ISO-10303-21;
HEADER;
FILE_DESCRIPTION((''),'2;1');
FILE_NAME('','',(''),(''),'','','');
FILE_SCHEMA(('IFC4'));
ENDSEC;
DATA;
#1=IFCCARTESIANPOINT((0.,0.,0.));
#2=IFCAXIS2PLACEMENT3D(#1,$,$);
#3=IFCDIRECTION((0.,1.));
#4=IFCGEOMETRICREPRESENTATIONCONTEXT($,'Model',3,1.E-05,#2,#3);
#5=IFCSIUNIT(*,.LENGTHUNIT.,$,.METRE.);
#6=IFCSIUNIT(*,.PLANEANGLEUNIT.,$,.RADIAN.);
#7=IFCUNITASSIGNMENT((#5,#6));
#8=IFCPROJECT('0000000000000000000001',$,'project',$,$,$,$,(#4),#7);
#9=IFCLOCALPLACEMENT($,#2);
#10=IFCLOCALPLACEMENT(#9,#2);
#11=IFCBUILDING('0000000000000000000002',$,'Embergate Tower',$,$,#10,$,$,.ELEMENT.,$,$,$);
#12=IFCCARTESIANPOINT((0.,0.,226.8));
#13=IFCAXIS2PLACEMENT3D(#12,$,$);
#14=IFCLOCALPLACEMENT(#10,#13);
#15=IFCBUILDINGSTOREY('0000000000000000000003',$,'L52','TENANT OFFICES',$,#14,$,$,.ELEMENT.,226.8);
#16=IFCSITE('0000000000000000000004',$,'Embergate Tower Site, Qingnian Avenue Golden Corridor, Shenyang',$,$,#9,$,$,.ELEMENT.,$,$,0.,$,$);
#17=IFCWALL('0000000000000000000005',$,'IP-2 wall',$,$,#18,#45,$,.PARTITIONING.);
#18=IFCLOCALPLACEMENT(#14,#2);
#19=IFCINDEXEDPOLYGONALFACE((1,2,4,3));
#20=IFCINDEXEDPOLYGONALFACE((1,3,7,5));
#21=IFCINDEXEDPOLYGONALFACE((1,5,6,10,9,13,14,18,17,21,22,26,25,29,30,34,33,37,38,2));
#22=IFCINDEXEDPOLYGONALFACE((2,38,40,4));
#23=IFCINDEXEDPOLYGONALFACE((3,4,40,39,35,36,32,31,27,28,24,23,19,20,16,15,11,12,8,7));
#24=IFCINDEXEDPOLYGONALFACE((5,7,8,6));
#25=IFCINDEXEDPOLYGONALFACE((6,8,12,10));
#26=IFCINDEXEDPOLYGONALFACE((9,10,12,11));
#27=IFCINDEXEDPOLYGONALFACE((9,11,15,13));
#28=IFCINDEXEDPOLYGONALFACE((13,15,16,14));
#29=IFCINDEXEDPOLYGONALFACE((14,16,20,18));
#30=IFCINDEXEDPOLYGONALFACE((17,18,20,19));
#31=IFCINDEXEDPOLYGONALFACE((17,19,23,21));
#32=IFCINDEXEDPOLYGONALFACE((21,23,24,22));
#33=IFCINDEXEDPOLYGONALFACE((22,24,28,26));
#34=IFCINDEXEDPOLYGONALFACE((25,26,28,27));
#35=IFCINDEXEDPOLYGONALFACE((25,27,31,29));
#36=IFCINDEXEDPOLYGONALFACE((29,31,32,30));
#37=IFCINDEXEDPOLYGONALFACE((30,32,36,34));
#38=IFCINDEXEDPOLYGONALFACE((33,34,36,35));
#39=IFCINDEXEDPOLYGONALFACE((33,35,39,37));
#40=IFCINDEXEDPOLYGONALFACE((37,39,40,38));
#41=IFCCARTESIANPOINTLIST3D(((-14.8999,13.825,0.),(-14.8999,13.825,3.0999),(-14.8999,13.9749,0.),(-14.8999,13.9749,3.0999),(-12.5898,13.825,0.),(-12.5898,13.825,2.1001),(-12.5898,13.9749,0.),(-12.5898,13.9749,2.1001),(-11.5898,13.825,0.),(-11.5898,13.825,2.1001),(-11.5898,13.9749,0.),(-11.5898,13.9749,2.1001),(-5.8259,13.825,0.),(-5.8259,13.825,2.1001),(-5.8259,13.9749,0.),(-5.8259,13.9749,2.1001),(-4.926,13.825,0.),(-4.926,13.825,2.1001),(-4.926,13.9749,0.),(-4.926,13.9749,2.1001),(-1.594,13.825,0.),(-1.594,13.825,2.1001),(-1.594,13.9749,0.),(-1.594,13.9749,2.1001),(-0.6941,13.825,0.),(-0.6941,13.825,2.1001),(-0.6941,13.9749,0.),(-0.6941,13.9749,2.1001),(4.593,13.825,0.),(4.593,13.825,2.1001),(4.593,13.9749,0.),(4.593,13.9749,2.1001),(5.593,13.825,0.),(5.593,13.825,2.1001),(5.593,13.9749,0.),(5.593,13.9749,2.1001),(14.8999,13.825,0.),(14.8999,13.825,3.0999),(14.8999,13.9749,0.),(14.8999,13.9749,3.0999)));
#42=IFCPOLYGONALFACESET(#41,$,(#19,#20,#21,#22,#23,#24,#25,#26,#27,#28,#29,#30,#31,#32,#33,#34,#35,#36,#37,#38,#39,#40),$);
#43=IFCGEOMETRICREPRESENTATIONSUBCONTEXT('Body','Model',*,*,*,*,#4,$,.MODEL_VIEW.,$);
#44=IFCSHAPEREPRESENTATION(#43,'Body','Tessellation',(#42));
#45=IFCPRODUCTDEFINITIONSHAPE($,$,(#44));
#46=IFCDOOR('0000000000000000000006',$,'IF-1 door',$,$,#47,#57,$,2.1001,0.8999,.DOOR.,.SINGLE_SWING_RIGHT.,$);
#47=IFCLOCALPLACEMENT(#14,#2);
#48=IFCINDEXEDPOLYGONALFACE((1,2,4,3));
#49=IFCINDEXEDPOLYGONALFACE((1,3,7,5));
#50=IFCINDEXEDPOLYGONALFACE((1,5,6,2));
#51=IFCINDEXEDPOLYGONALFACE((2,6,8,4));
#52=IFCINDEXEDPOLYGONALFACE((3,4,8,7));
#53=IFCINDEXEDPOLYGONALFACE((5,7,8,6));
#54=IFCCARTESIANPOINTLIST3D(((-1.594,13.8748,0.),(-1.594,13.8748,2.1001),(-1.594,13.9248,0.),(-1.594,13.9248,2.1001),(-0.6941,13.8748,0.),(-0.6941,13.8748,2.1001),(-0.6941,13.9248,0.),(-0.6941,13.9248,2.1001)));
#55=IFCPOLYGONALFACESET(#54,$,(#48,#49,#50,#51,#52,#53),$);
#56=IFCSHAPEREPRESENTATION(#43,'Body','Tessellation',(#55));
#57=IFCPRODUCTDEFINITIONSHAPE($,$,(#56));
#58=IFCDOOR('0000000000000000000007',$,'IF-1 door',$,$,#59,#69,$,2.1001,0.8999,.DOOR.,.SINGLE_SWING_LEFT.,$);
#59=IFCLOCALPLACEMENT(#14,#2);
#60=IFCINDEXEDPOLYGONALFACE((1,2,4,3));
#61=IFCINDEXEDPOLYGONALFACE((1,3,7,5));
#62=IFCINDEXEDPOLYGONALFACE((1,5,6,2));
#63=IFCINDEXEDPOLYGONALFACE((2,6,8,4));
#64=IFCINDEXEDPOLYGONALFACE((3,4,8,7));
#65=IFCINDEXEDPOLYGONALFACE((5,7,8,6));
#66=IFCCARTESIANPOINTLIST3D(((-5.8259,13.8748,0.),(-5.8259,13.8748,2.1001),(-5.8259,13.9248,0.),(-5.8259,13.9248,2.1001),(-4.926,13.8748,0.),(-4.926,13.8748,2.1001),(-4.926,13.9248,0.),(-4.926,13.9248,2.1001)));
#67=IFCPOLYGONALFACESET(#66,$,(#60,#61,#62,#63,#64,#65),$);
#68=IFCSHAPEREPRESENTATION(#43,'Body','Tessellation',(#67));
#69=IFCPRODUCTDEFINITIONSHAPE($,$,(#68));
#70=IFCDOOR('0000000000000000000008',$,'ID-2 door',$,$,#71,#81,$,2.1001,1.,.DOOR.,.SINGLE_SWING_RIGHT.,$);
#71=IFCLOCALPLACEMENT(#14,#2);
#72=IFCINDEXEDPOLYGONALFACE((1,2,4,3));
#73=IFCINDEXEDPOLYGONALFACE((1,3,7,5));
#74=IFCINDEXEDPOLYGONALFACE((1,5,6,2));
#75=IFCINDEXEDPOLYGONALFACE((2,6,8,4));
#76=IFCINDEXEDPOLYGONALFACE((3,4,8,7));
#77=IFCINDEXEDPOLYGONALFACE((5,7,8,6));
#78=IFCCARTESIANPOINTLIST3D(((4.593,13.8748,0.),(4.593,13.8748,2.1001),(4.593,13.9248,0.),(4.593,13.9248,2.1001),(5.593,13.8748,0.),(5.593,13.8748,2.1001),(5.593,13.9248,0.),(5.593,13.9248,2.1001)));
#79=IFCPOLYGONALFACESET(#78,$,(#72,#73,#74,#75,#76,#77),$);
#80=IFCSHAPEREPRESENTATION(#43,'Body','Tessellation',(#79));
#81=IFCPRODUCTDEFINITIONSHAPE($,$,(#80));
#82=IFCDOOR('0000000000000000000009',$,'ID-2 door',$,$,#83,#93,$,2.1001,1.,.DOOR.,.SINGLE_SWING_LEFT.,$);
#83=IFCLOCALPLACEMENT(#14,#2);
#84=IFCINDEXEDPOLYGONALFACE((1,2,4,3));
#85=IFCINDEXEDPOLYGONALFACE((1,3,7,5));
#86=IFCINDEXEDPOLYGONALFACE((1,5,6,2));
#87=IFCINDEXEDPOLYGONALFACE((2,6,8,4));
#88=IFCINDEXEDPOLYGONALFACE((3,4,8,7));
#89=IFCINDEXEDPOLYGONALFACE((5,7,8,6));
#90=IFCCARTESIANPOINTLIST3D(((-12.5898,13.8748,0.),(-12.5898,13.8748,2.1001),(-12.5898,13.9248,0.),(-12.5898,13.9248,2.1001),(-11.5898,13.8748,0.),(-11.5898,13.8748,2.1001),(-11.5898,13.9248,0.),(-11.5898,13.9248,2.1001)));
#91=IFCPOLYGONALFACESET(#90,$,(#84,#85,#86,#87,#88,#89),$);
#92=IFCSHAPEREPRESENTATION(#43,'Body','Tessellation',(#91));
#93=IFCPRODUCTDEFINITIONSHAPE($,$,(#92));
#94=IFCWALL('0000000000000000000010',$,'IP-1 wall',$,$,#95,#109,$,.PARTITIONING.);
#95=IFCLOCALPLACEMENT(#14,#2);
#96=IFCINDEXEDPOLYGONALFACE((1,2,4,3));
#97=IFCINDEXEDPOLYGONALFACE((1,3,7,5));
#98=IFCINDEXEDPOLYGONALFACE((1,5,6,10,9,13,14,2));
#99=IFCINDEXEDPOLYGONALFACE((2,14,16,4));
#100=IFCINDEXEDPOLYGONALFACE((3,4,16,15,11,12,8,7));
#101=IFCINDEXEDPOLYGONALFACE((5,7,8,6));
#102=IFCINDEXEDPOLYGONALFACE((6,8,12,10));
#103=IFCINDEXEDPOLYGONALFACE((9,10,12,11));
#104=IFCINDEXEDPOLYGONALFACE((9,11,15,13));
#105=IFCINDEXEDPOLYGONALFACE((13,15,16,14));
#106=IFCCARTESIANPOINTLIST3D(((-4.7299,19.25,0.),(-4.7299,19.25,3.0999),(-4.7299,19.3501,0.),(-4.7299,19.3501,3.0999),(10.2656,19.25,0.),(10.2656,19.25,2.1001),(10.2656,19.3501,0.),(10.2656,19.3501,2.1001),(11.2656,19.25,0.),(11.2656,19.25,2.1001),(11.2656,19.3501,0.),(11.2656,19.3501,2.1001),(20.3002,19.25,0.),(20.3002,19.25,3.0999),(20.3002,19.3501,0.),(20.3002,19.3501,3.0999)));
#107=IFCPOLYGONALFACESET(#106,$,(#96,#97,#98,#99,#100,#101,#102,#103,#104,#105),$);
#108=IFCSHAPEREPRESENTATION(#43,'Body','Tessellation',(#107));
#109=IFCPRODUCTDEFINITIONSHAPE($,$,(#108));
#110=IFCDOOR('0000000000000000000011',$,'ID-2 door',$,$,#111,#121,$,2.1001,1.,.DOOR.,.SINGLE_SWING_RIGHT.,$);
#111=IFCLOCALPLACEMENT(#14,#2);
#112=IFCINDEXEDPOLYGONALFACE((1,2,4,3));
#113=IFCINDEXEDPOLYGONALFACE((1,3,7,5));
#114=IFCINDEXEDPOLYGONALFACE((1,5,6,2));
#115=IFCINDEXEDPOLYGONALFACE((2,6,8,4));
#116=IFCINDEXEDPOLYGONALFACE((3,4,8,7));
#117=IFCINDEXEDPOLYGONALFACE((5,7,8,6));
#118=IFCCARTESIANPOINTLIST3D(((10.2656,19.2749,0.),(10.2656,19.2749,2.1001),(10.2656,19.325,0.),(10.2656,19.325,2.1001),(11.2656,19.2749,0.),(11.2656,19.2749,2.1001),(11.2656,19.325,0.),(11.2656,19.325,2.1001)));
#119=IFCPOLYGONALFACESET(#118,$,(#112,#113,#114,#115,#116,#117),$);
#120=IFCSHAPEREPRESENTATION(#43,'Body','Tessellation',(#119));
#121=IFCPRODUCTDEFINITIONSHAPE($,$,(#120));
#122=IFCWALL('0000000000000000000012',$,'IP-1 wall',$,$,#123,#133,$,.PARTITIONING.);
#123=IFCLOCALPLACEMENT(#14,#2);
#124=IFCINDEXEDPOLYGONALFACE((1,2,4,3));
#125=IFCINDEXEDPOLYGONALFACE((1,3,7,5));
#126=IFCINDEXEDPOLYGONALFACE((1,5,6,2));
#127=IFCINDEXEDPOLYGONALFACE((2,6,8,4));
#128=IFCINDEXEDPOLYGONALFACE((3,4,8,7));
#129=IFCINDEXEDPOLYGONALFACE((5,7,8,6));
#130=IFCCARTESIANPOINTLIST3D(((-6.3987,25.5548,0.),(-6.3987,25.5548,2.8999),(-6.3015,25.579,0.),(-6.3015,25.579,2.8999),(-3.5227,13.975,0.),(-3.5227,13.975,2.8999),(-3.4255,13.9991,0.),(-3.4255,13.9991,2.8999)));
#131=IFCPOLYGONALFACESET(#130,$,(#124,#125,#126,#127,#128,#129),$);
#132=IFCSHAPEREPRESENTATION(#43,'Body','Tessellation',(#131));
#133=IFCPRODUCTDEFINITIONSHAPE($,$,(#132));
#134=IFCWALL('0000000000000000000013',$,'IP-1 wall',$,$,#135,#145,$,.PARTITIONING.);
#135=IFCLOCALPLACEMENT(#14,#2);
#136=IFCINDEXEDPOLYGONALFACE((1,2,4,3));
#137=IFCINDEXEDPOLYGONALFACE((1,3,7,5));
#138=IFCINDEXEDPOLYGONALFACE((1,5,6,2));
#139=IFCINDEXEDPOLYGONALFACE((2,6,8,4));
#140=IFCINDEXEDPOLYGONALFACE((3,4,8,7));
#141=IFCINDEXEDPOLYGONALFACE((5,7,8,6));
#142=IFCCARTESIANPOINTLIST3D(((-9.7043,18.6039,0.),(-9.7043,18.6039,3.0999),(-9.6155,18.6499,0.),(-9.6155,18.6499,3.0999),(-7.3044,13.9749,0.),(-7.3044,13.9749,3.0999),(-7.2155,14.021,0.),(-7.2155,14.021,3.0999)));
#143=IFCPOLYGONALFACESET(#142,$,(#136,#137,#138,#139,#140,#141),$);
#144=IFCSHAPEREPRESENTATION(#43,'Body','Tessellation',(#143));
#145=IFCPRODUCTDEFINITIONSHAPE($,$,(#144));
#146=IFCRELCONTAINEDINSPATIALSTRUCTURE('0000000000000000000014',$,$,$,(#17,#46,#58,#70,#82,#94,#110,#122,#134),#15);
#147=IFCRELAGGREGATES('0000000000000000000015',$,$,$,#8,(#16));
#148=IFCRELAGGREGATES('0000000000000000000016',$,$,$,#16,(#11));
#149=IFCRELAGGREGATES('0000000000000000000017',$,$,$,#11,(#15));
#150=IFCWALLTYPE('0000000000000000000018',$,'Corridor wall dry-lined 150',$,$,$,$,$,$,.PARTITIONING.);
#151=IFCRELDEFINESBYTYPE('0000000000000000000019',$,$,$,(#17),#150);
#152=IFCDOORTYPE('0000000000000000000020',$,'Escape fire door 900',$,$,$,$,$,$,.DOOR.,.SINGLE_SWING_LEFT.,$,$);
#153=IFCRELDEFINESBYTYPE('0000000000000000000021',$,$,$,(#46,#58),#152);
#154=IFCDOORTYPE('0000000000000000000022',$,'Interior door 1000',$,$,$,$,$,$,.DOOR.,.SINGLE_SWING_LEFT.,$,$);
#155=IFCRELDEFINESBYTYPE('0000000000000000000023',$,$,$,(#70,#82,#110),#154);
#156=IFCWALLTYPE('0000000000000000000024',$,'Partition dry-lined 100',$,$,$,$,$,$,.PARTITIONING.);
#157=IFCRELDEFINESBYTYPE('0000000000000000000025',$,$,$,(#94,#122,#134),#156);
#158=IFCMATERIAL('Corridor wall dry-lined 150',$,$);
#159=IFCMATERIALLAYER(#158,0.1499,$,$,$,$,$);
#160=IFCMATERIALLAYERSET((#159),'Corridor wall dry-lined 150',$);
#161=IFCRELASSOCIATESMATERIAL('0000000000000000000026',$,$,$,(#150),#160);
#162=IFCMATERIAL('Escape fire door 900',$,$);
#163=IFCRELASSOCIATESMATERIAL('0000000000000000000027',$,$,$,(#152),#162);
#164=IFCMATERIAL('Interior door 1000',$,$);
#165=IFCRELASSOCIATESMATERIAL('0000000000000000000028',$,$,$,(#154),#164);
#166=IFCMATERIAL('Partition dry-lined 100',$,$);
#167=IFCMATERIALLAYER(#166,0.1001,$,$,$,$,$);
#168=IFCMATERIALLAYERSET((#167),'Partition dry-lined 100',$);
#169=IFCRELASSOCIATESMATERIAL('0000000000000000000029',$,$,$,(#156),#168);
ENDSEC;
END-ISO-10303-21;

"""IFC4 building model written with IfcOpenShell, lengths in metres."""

from ifc_helpers import new_model, si_unit, direction, frame, frame_2d, origin, place, context, subcontext, project, spatial, rectangle, extrude, source, transform, mapped, material, layer, layer_set, type_object, element, fill, save


model = new_model("IFC4")

# Units and contexts
model_context = context("Model", 3, precision=1e-05, world=origin(), true_north=direction((0.0, 1.0)))
body_context = subcontext(model_context, "Body", "Model", "MODEL_VIEW")
ifc_project = project(units=[si_unit("LENGTHUNIT", "METRE"), si_unit("PLANEANGLEUNIT", "RADIAN")], contexts=[model_context])

# Site, building, storey
site_placement = place(None, origin())
site = spatial("IfcSite", under=ifc_project, at=site_placement, Name="Embergate Tower Site, Qingnian Avenue Golden Corridor, Shenyang", CompositionType="ELEMENT", RefElevation=0.0)
building_placement = place(site_placement, origin())
building = spatial("IfcBuilding", under=site, at=building_placement, Name="Embergate Tower", CompositionType="ELEMENT")
storey_placement = place(building_placement, frame((0.0, 0.0, 226.8)))
storey = spatial("IfcBuildingStorey", under=building, at=storey_placement, Name="L52", Description="TENANT OFFICES", CompositionType="ELEMENT", Elevation=226.8)

# Wall, openings, doors
ifc_material_1 = material(Name="Corridor wall dry-lined 150")
ifc_layer_1 = layer(ifc_material_1, 0.1499)
ifc_layer_set_1 = layer_set([ifc_layer_1], Name="Corridor wall dry-lined 150")
wall_type_1 = type_object("IfcWallType", Name="Corridor wall dry-lined 150", PredefinedType="PARTITIONING", material=ifc_layer_set_1)
shared_shape_1 = source(origin(), body_context, "Body", "SweptSolid", [
    extrude(rectangle(XDim=29.7998, YDim=0.1499, at=frame_2d((14.8999, 0.0))), origin(), (0.0, 0.0, 1.0), 3.0999),
])
wall_1_placement = place(storey_placement, frame((-14.8999, 13.8999, 0.0), z_axis=(0.0, 0.0, 1.0), x_axis=(1.0, 0.0, 0.0)))
wall_1 = element("IfcWall", 1, at=wall_1_placement, inside=storey, type_object=wall_type_1, Name="IP-2 wall", PredefinedType="PARTITIONING", context=body_context, shape_type="MappedRepresentation", body=[
    mapped(shared_shape_1, transform((0.0, 0.0, 0.0))),
])
shared_shape_2 = source(origin(), body_context, "Body", "SweptSolid", [
    extrude(rectangle(XDim=1.0, YDim=2.1001, at=frame_2d((0.5, 1.05))), frame((0.0, 0.085, 0.0), z_axis=(0.0, -1.0, 0.0), x_axis=(1.0, 0.0, 0.0)), (0.0, 0.0, 1.0), 0.1699),
])
opening_1_placement = place(wall_1_placement, frame((19.4929, 0.0, 0.0)))
opening_1 = element("IfcOpeningElement", 2, at=opening_1_placement, cuts=wall_1, PredefinedType="OPENING", context=body_context, shape_type="MappedRepresentation", body=[
    mapped(shared_shape_2, transform((0.0, 0.0, 0.0))),
])
shared_shape_3 = source(origin(), body_context, "Body", "SweptSolid", [
    extrude(rectangle(XDim=0.8999, YDim=2.1001, at=frame_2d((0.45, 1.05))), frame((0.0, 0.085, 0.0), z_axis=(0.0, -1.0, 0.0), x_axis=(1.0, 0.0, 0.0)), (0.0, 0.0, 1.0), 0.1699),
])
opening_2_placement = place(wall_1_placement, frame((13.3059, 0.0, 0.0)))
opening_2 = element("IfcOpeningElement", 3, at=opening_2_placement, cuts=wall_1, PredefinedType="OPENING", context=body_context, shape_type="MappedRepresentation", body=[
    mapped(shared_shape_3, transform((0.0, 0.0, 0.0))),
])
opening_3_placement = place(wall_1_placement, frame((9.074, 0.0, 0.0)))
opening_3 = element("IfcOpeningElement", 4, at=opening_3_placement, cuts=wall_1, PredefinedType="OPENING", context=body_context, shape_type="MappedRepresentation", body=[
    mapped(shared_shape_3, transform((0.0, 0.0, 0.0))),
])
opening_4_placement = place(wall_1_placement, frame((2.3101, 0.0, 0.0)))
opening_4 = element("IfcOpeningElement", 5, at=opening_4_placement, cuts=wall_1, PredefinedType="OPENING", context=body_context, shape_type="MappedRepresentation", body=[
    mapped(shared_shape_2, transform((0.0, 0.0, 0.0))),
])
ifc_material_2 = material(Name="Escape fire door 900")
door_type_1 = type_object("IfcDoorType", Name="Escape fire door 900", OperationType="SINGLE_SWING_LEFT", PredefinedType="DOOR", material=ifc_material_2)
shared_shape_4 = source(origin(), body_context, "Body", "SweptSolid", [
    extrude(rectangle(XDim=0.8999, YDim=2.1001, at=frame_2d((0.45, 1.05))), frame((0.0, 0.0249, 0.0), z_axis=(0.0, -1.0, 0.0), x_axis=(1.0, 0.0, 0.0)), (0.0, 0.0, 1.0), 0.05),
])
door_1_placement = place(opening_2_placement, origin())
door_1 = element("IfcDoor", 6, at=door_1_placement, inside=storey, type_object=door_type_1, Name="IF-1 door", OperationType="SINGLE_SWING_RIGHT", OverallHeight=2.1001, OverallWidth=0.8999, PredefinedType="DOOR", context=body_context, shape_type="MappedRepresentation", body=[
    mapped(shared_shape_4, transform((0.0, 0.0, 0.0))),
])
fill(opening_2, door_1)
door_2_placement = place(opening_3_placement, origin())
door_2 = element("IfcDoor", 7, at=door_2_placement, inside=storey, type_object=door_type_1, Name="IF-1 door", OperationType="SINGLE_SWING_LEFT", OverallHeight=2.1001, OverallWidth=0.8999, PredefinedType="DOOR", context=body_context, shape_type="MappedRepresentation", body=[
    mapped(shared_shape_4, transform((0.0, 0.0, 0.0))),
])
fill(opening_3, door_2)
ifc_material_3 = material(Name="Interior door 1000")
door_type_2 = type_object("IfcDoorType", Name="Interior door 1000", OperationType="SINGLE_SWING_LEFT", PredefinedType="DOOR", material=ifc_material_3)
shared_shape_5 = source(origin(), body_context, "Body", "SweptSolid", [
    extrude(rectangle(XDim=1.0, YDim=2.1001, at=frame_2d((0.5, 1.05))), frame((0.0, 0.0249, 0.0), z_axis=(0.0, -1.0, 0.0), x_axis=(1.0, 0.0, 0.0)), (0.0, 0.0, 1.0), 0.05),
])
door_3_placement = place(opening_1_placement, origin())
door_3 = element("IfcDoor", 8, at=door_3_placement, inside=storey, type_object=door_type_2, Name="ID-2 door", OperationType="SINGLE_SWING_RIGHT", OverallHeight=2.1001, OverallWidth=1.0, PredefinedType="DOOR", context=body_context, shape_type="MappedRepresentation", body=[
    mapped(shared_shape_5, transform((0.0, 0.0, 0.0))),
])
fill(opening_1, door_3)
door_4_placement = place(opening_4_placement, origin())
door_4 = element("IfcDoor", 9, at=door_4_placement, inside=storey, type_object=door_type_2, Name="ID-2 door", OperationType="SINGLE_SWING_LEFT", OverallHeight=2.1001, OverallWidth=1.0, PredefinedType="DOOR", context=body_context, shape_type="MappedRepresentation", body=[
    mapped(shared_shape_5, transform((0.0, 0.0, 0.0))),
])
fill(opening_4, door_4)

# Wall, opening, door
ifc_material_4 = material(Name="Partition dry-lined 100")
ifc_layer_2 = layer(ifc_material_4, 0.1001)
ifc_layer_set_2 = layer_set([ifc_layer_2], Name="Partition dry-lined 100")
wall_type_2 = type_object("IfcWallType", Name="Partition dry-lined 100", PredefinedType="PARTITIONING", material=ifc_layer_set_2)
shared_shape_6 = source(origin(), body_context, "Body", "SweptSolid", [
    extrude(rectangle(XDim=25.03, YDim=0.1001, at=frame_2d((12.5151, 0.0))), origin(), (0.0, 0.0, 1.0), 3.0999),
])
wall_2_placement = place(storey_placement, frame((-4.73, 19.3, 0.0), z_axis=(0.0, 0.0, 1.0), x_axis=(1.0, 0.0, 0.0)))
wall_2 = element("IfcWall", 10, at=wall_2_placement, inside=storey, type_object=wall_type_2, Name="IP-1 wall", PredefinedType="PARTITIONING", context=body_context, shape_type="MappedRepresentation", body=[
    mapped(shared_shape_6, transform((0.0, 0.0, 0.0))),
])
shared_shape_7 = source(origin(), body_context, "Body", "SweptSolid", [
    extrude(rectangle(XDim=1.0, YDim=2.1001, at=frame_2d((0.5, 1.05))), frame((0.0, 0.0601, 0.0), z_axis=(0.0, -1.0, 0.0), x_axis=(1.0, 0.0, 0.0)), (0.0, 0.0, 1.0), 0.1201),
])
opening_5_placement = place(wall_2_placement, frame((14.9956, 0.0, 0.0)))
opening_5 = element("IfcOpeningElement", 11, at=opening_5_placement, cuts=wall_2, PredefinedType="OPENING", context=body_context, shape_type="MappedRepresentation", body=[
    mapped(shared_shape_7, transform((0.0, 0.0, 0.0))),
])
door_5_placement = place(opening_5_placement, origin())
door_5 = element("IfcDoor", 12, at=door_5_placement, inside=storey, type_object=door_type_2, Name="ID-2 door", OperationType="SINGLE_SWING_RIGHT", OverallHeight=2.1001, OverallWidth=1.0, PredefinedType="DOOR", context=body_context, shape_type="MappedRepresentation", body=[
    mapped(shared_shape_5, transform((0.0, 0.0, 0.0))),
])
fill(opening_5, door_5)

# Walls
shared_shape_8 = source(origin(), body_context, "Body", "SweptSolid", [
    extrude(rectangle(XDim=11.9316, YDim=0.1001, at=frame_2d((5.9658, 0.0))), origin(), (0.0, 0.0, 1.0), 2.8999),
])
wall_3_placement = place(storey_placement, frame((-3.4741, 13.9871, 0.0), z_axis=(0.0, 0.0, 1.0), x_axis=(-0.241038, 0.970516, 0.0)))
element("IfcWall", 13, at=wall_3_placement, inside=storey, type_object=wall_type_2, Name="IP-1 wall", PredefinedType="PARTITIONING", context=body_context, shape_type="MappedRepresentation", body=[
    mapped(shared_shape_8, transform((0.0, 0.0, 0.0))),
])
shared_shape_9 = source(origin(), body_context, "Body", "SweptSolid", [
    extrude(rectangle(XDim=5.2141, YDim=0.1001, at=frame_2d((2.6069, 0.0))), origin(), (0.0, 0.0, 1.0), 3.0999),
])
wall_4_placement = place(storey_placement, frame((-7.26, 13.998, 0.0), z_axis=(0.0, 0.0, 1.0), x_axis=(-0.460276, 0.887776, 0.0)))
element("IfcWall", 14, at=wall_4_placement, inside=storey, type_object=wall_type_2, Name="IP-1 wall", PredefinedType="PARTITIONING", context=body_context, shape_type="MappedRepresentation", body=[
    mapped(shared_shape_9, transform((0.0, 0.0, 0.0))),
])

save(model, "model.ifc")
